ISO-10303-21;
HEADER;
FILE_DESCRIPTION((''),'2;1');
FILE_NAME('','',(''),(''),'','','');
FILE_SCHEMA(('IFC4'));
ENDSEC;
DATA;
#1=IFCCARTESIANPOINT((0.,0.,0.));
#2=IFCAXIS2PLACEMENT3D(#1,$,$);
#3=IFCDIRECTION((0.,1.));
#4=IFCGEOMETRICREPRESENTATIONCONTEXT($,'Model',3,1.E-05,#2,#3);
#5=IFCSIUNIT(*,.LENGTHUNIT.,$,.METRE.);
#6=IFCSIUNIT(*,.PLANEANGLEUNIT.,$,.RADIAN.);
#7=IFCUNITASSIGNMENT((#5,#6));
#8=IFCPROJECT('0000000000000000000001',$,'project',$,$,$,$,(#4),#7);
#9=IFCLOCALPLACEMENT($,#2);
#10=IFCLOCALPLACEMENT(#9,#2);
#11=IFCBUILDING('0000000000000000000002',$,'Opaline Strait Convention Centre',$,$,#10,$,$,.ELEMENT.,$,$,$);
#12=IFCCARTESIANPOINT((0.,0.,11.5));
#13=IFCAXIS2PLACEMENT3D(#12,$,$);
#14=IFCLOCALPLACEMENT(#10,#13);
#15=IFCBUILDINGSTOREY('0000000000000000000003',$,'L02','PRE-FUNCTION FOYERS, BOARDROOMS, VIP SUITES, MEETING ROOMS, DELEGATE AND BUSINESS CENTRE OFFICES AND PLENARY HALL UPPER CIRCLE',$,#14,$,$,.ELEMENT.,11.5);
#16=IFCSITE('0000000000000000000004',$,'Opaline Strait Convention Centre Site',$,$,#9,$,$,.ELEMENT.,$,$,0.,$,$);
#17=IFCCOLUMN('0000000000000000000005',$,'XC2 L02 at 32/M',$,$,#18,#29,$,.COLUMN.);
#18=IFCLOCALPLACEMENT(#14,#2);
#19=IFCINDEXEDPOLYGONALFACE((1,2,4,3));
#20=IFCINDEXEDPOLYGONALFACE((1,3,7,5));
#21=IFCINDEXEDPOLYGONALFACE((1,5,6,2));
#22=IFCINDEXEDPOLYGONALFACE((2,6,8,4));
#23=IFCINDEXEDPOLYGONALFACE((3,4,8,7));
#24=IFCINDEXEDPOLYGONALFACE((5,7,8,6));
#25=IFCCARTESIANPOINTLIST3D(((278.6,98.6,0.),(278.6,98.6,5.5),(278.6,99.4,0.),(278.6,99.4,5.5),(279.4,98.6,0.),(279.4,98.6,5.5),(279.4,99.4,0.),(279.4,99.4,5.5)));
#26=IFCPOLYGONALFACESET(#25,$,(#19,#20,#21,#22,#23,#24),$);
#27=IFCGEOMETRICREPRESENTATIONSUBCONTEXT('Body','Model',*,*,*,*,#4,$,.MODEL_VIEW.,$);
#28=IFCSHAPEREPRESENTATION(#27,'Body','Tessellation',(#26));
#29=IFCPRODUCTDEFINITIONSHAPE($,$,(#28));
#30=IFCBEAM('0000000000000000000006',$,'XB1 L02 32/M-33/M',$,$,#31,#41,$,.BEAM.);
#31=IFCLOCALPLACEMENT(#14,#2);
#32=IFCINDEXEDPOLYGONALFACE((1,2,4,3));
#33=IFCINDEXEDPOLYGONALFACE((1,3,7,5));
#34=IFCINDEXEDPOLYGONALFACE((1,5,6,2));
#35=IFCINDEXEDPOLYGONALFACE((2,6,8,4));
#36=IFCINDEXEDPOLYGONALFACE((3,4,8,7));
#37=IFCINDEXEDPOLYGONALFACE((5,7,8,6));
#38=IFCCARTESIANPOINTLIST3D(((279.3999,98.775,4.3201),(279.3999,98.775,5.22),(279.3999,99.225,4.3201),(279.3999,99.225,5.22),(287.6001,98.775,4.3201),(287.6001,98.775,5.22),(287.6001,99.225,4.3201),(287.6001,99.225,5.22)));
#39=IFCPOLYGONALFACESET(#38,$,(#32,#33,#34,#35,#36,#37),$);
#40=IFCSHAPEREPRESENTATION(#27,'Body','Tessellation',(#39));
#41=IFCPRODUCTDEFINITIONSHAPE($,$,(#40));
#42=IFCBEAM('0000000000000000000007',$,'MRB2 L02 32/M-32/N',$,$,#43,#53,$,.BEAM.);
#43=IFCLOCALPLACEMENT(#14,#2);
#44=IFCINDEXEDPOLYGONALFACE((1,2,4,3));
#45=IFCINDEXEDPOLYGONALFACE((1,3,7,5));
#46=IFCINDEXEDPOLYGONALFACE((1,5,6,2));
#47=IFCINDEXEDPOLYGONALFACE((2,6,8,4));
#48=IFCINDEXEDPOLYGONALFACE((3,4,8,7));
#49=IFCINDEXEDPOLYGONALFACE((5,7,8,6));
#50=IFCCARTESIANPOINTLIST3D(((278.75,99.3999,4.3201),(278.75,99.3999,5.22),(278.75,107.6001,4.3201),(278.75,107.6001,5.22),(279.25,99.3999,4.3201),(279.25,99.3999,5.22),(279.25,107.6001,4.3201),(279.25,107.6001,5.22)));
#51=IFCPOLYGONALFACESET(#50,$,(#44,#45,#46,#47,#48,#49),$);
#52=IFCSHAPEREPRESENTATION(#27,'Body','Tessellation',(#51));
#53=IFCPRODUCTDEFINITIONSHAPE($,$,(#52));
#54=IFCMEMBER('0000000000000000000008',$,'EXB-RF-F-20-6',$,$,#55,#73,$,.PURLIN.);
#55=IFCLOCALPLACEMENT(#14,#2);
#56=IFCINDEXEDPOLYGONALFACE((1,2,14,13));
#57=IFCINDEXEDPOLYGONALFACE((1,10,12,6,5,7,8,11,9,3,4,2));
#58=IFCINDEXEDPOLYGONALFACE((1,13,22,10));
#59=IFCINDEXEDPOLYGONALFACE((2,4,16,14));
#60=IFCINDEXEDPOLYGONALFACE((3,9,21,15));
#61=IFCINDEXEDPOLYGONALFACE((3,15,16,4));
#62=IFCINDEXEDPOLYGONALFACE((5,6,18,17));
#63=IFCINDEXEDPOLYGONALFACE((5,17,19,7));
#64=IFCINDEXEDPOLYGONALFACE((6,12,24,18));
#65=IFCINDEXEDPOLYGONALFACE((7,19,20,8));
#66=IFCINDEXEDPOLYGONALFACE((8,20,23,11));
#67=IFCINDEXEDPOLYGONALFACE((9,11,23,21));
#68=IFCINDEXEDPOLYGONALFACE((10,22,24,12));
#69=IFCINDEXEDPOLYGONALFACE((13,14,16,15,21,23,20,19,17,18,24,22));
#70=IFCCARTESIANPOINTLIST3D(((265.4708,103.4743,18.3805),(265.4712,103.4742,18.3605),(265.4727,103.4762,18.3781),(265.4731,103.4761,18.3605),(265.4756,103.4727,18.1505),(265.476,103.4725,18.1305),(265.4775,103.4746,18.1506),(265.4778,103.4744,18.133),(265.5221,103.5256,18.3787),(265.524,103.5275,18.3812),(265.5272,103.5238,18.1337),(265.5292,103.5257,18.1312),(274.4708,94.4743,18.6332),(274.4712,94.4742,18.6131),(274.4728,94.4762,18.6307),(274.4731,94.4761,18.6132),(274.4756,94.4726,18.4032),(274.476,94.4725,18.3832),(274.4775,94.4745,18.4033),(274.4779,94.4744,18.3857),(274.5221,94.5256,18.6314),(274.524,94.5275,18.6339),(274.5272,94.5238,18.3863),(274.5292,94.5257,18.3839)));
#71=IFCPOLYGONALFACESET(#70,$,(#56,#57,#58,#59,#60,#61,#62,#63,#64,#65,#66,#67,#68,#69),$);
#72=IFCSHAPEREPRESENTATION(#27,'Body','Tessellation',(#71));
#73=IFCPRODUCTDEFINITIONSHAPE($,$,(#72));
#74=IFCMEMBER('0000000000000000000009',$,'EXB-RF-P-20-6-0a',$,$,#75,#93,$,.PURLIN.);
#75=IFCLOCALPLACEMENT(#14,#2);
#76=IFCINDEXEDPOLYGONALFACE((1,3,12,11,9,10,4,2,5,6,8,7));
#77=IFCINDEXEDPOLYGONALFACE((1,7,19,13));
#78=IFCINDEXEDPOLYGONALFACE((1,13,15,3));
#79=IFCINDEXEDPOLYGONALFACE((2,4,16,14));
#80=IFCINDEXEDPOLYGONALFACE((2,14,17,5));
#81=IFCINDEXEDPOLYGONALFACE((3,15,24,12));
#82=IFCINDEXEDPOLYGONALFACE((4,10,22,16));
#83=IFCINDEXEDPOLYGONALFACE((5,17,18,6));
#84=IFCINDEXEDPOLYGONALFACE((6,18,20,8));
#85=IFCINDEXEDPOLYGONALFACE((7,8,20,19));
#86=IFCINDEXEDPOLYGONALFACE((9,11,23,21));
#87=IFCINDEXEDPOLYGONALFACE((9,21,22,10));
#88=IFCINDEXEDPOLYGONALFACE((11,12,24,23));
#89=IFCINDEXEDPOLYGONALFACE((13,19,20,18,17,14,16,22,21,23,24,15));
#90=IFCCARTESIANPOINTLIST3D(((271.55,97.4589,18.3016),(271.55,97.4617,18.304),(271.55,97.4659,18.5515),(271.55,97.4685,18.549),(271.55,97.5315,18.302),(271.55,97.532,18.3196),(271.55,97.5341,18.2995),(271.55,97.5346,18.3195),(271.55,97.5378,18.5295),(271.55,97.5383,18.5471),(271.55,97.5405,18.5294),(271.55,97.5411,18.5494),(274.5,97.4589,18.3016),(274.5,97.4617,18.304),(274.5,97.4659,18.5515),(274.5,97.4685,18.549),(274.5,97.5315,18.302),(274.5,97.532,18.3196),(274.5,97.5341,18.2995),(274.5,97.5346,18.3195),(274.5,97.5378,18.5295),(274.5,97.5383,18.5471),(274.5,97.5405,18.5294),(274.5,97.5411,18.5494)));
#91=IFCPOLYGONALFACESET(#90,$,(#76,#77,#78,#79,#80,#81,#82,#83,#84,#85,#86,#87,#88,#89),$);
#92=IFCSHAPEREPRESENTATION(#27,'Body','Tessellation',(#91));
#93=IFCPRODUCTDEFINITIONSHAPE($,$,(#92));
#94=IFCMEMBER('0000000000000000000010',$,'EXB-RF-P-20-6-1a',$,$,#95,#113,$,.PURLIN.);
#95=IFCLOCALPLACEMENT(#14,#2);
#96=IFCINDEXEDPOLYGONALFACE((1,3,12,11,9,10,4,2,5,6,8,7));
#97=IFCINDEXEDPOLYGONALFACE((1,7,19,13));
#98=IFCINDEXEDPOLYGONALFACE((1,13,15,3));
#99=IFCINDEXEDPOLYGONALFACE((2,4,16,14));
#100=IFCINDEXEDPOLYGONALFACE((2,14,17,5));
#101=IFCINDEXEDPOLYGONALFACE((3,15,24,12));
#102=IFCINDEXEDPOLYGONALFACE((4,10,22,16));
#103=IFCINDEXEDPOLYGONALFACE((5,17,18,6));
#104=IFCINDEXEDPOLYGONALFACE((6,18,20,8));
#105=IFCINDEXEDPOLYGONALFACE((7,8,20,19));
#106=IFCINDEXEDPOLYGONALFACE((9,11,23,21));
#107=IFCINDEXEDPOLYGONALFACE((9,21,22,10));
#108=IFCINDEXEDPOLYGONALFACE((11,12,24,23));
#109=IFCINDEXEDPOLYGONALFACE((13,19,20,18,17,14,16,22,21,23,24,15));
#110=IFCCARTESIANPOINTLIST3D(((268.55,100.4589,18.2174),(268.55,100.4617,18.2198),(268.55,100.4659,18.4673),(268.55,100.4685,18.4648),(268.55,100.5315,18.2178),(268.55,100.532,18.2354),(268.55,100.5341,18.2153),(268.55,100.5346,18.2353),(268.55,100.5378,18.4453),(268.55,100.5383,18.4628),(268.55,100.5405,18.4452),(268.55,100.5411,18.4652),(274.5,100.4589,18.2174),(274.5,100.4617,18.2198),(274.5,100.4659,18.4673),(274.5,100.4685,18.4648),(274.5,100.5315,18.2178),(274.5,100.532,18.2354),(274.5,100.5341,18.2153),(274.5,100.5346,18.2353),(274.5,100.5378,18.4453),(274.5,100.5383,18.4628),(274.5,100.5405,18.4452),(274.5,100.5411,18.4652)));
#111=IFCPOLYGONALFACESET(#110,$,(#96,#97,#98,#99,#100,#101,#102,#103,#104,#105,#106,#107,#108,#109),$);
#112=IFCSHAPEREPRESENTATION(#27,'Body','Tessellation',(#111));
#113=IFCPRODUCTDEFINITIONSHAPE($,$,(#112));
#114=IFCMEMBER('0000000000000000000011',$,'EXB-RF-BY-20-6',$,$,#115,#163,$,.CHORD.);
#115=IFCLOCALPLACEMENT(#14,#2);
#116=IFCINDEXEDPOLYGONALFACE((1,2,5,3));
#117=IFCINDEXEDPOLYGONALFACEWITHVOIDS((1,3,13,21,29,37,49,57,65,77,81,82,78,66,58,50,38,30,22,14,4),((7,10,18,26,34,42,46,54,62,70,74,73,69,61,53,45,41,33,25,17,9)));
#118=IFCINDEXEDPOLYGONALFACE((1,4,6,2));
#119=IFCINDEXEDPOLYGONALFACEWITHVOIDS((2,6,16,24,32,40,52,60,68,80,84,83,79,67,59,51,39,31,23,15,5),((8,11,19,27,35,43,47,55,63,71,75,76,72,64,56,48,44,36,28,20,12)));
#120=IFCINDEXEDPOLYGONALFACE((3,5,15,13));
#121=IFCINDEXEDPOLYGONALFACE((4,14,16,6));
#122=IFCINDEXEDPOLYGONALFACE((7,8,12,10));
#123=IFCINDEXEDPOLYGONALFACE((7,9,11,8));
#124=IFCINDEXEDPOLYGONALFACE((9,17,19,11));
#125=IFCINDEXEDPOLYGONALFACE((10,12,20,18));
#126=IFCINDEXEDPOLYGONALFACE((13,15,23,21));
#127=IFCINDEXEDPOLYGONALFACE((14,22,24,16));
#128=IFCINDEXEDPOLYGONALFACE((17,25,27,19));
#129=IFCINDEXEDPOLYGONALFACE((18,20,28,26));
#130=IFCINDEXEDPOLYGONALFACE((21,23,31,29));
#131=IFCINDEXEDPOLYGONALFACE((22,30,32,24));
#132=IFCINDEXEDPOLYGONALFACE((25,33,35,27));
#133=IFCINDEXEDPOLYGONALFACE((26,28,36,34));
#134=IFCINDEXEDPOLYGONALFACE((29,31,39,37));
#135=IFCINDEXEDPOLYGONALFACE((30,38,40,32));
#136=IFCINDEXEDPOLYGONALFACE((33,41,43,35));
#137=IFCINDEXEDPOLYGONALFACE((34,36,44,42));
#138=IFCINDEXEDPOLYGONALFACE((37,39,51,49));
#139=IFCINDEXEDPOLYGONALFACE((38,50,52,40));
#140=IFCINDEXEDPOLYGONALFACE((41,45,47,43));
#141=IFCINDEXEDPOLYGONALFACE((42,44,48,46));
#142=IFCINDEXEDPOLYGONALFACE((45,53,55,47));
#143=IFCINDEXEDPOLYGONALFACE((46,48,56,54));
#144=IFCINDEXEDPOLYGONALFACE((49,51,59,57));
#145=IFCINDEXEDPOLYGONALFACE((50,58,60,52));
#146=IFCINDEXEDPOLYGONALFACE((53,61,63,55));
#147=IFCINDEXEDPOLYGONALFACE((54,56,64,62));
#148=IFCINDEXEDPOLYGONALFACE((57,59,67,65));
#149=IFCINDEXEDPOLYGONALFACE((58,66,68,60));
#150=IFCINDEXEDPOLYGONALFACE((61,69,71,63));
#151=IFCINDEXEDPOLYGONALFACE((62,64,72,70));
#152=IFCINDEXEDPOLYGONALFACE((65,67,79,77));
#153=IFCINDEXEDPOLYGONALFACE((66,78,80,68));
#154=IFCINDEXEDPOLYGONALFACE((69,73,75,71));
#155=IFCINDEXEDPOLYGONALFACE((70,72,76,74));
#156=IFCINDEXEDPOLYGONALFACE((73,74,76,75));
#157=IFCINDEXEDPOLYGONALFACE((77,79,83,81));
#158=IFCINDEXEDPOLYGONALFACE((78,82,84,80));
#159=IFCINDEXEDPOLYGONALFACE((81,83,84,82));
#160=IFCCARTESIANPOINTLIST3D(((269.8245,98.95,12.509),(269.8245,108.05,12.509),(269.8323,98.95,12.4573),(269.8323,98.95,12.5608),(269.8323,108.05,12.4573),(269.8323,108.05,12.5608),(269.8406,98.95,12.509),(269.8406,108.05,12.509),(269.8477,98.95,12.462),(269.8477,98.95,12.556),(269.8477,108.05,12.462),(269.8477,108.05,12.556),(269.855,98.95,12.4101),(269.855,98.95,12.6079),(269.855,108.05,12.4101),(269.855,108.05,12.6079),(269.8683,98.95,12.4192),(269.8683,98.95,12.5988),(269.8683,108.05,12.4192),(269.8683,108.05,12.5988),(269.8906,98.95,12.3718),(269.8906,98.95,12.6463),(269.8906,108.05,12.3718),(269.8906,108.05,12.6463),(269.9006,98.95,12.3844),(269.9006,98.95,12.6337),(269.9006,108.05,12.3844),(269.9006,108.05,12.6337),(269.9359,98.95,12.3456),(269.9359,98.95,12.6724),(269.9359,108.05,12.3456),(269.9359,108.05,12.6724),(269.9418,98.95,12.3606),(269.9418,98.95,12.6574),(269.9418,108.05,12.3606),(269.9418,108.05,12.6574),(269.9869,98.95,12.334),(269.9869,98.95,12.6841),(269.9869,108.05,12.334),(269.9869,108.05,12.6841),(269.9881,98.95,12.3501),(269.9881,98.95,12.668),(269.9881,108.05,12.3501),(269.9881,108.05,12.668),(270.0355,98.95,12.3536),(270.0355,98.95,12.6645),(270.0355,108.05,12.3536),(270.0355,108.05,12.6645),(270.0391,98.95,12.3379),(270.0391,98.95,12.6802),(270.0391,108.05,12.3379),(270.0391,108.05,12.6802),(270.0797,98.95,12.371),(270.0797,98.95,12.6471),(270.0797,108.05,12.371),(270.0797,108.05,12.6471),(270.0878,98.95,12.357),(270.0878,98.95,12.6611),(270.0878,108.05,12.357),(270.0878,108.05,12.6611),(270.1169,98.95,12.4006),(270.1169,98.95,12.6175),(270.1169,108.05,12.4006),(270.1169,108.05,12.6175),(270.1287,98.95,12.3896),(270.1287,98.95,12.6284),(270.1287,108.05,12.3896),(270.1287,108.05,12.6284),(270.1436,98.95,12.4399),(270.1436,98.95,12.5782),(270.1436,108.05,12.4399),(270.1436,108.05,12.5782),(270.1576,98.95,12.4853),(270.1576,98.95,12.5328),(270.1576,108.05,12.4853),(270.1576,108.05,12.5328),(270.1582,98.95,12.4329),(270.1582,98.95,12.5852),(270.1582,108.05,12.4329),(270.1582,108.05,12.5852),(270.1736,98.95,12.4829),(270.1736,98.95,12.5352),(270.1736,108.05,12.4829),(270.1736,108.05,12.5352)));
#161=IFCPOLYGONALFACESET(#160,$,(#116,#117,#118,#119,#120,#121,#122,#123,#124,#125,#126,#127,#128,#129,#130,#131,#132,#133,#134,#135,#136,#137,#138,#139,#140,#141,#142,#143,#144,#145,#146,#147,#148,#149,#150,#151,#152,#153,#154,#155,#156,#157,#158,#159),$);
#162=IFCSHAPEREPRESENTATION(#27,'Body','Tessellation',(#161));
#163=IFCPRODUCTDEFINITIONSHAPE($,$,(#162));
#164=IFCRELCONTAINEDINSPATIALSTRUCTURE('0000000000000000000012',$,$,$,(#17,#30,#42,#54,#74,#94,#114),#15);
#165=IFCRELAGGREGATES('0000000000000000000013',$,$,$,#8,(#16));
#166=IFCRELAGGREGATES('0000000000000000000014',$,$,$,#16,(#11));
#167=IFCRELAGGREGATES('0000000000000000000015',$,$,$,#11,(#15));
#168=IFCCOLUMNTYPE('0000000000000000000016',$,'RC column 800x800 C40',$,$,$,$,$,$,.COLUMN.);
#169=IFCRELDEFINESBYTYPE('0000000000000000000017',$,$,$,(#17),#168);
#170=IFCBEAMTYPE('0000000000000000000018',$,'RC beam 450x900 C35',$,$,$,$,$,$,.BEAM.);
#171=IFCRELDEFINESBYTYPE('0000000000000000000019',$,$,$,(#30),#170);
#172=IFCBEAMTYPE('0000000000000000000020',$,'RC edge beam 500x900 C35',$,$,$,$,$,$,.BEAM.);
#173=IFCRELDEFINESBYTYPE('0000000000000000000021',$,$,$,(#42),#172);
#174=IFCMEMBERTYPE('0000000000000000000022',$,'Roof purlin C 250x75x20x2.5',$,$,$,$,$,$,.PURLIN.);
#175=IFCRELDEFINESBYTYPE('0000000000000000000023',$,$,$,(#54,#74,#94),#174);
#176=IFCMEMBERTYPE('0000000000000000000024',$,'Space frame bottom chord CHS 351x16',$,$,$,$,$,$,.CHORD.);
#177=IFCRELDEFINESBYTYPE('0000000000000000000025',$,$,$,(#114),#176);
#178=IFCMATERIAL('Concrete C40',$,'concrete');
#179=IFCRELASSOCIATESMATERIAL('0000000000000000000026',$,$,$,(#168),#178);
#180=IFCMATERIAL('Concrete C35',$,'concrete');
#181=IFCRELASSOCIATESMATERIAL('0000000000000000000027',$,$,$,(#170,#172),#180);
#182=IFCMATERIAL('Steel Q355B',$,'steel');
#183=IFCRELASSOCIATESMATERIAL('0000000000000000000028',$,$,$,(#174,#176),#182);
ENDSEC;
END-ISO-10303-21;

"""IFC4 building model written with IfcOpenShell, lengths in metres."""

from ifc_helpers import new_model, si_unit, direction, frame, origin, origin_2d, place, context, subcontext, project, spatial, polyline, rectangle, hollow_circle, outline, extrude, material, material_profile, profile_set, type_object, element, save


model = new_model("IFC4")

# Units and contexts
model_context = context("Model", 3, precision=1e-05, world=origin(), true_north=direction((0.0, 1.0)))
body_context = subcontext(model_context, "Body", "Model", "MODEL_VIEW")
ifc_project = project(units=[si_unit("LENGTHUNIT", "METRE"), si_unit("PLANEANGLEUNIT", "RADIAN")], contexts=[model_context])

# Site, building, storey
site_placement = place(None, origin())
site = spatial("IfcSite", under=ifc_project, at=site_placement, Name="Opaline Strait Convention Centre Site", CompositionType="ELEMENT", RefElevation=0.0)
building_placement = place(site_placement, origin())
building = spatial("IfcBuilding", under=site, at=building_placement, Name="Opaline Strait Convention Centre", CompositionType="ELEMENT")
storey_placement = place(building_placement, frame((0.0, 0.0, 11.5)))
storey = spatial("IfcBuildingStorey", under=building, at=storey_placement, Name="L02", Description="PRE-FUNCTION FOYERS, BOARDROOMS, VIP SUITES, MEETING ROOMS, DELEGATE AND BUSINESS CENTRE OFFICES AND PLENARY HALL UPPER CIRCLE", CompositionType="ELEMENT", Elevation=11.5)

# Column
ifc_material_1 = material(Name="Concrete C40", Category="concrete")
ifc_material_profile_1 = material_profile(ifc_material_1, rectangle(XDim=0.8, YDim=0.8, at=origin_2d()), Name="RC 800x800")
ifc_profile_set_1 = profile_set([ifc_material_profile_1], Name="Concrete C40")
column_type = type_object("IfcColumnType", Name="RC column 800x800 C40", PredefinedType="COLUMN", material=ifc_profile_set_1)
column_placement = place(storey_placement, frame((279.0, 99.0, 0.0), z_axis=(0.0, 0.0, 1.0), x_axis=(1.0, 0.0, 0.0)))
element("IfcColumn", 1, at=column_placement, inside=storey, type_object=column_type, Name="XC2 L02 at 32/M", PredefinedType="COLUMN", context=body_context, shape_type="SweptSolid", body=[
    extrude(rectangle(XDim=0.8, YDim=0.8, at=origin_2d()), origin(), (0.0, 0.0, 1.0), 5.5),
])

# Beams
ifc_material_2 = material(Name="Concrete C35", Category="concrete")
ifc_material_profile_2 = material_profile(ifc_material_2, rectangle(XDim=0.45, YDim=0.8999, at=origin_2d()), Name="RC 450x900")
ifc_profile_set_2 = profile_set([ifc_material_profile_2], Name="Concrete C35")
beam_type_1 = type_object("IfcBeamType", Name="RC beam 450x900 C35", PredefinedType="BEAM", material=ifc_profile_set_2)
beam_1_placement = place(storey_placement, frame((279.3999, 99.0, 4.77), z_axis=(1.0, 0.0, 0.0), x_axis=(0.0, 1.0, 0.0)))
element("IfcBeam", 2, at=beam_1_placement, inside=storey, type_object=beam_type_1, Name="XB1 L02 32/M-33/M", PredefinedType="BEAM", context=body_context, shape_type="SweptSolid", body=[
    extrude(rectangle(XDim=0.45, YDim=0.8999, at=origin_2d()), origin(), (0.0, 0.0, 1.0), 8.2002),
])
ifc_material_profile_3 = material_profile(ifc_material_2, rectangle(XDim=0.5, YDim=0.8999, at=origin_2d()), Name="RC 500x900")
ifc_profile_set_3 = profile_set([ifc_material_profile_3], Name="Concrete C35")
beam_type_2 = type_object("IfcBeamType", Name="RC edge beam 500x900 C35", PredefinedType="BEAM", material=ifc_profile_set_3)
beam_2_placement = place(storey_placement, frame((279.0, 99.3999, 4.77), z_axis=(0.0, 1.0, 0.0), x_axis=(-1.0, 0.0, 0.0)))
element("IfcBeam", 3, at=beam_2_placement, inside=storey, type_object=beam_type_2, Name="MRB2 L02 32/M-32/N", PredefinedType="BEAM", context=body_context, shape_type="SweptSolid", body=[
    extrude(rectangle(XDim=0.5, YDim=0.8999, at=origin_2d()), origin(), (0.0, 0.0, 1.0), 8.2002),
])

# Members
ifc_material_3 = material(Name="Steel Q355B", Category="steel")
ifc_material_profile_4 = material_profile(ifc_material_3, outline(polyline([(-0.0376, -0.125), (0.0376, -0.125), (0.0376, -0.105), (0.0349, -0.105), (0.0349, -0.1226), (-0.0349, -0.1226), (-0.0349, 0.1226), (0.0349, 0.1226), (0.0349, 0.105), (0.0376, 0.105), (0.0376, 0.125), (-0.0376, 0.125), (-0.0376, -0.125)])), Name="C 250x75x20x2.5")
ifc_profile_set_4 = profile_set([ifc_material_profile_4], Name="Steel Q355B")
member_type_1 = type_object("IfcMemberType", Name="Roof purlin C 250x75x20x2.5", PredefinedType="PURLIN", material=ifc_profile_set_4)
member_1_placement = place(storey_placement, frame((274.5, 94.5, 18.5085), z_axis=(-0.706967, 0.706967, -0.019849), x_axis=(-0.70694, -0.707209, -0.009562)))
element("IfcMember", 4, at=member_1_placement, inside=storey, type_object=member_type_1, Name="EXB-RF-F-20-6", PredefinedType="PURLIN", context=body_context, shape_type="SweptSolid", body=[
    extrude(outline(polyline([(-0.0376, -0.125), (0.0376, -0.125), (0.0376, -0.105), (0.0349, -0.105), (0.0349, -0.1226), (-0.0349, -0.1226), (-0.0349, 0.1226), (0.0349, 0.1226), (0.0349, 0.105), (0.0376, 0.105), (0.0376, 0.125), (-0.0376, 0.125), (-0.0376, -0.125)])), origin(), (0.0, 0.0, 1.0), 12.7305),
])
member_2_placement = place(storey_placement, frame((271.55, 97.5, 18.4255), z_axis=(1.0, 0.0, 0.0), x_axis=(0.0, 0.999606, -0.028066)))
element("IfcMember", 5, at=member_2_placement, inside=storey, type_object=member_type_1, Name="EXB-RF-P-20-6-0a", PredefinedType="PURLIN", context=body_context, shape_type="SweptSolid", body=[
    extrude(outline(polyline([(-0.0376, -0.125), (0.0376, -0.125), (0.0376, -0.105), (0.0349, -0.105), (0.0349, -0.1226), (-0.0349, -0.1226), (-0.0349, 0.1226), (0.0349, 0.1226), (0.0349, 0.105), (0.0376, 0.105), (0.0376, 0.125), (-0.0376, 0.125), (-0.0376, -0.125)])), origin(), (0.0, 0.0, 1.0), 2.95),
])
member_3_placement = place(storey_placement, frame((268.55, 100.5, 18.3413), z_axis=(1.0, 0.0, 0.0), x_axis=(0.0, 0.999606, -0.028066)))
element("IfcMember", 6, at=member_3_placement, inside=storey, type_object=member_type_1, Name="EXB-RF-P-20-6-1a", PredefinedType="PURLIN", context=body_context, shape_type="SweptSolid", body=[
    extrude(outline(polyline([(-0.0376, -0.125), (0.0376, -0.125), (0.0376, -0.105), (0.0349, -0.105), (0.0349, -0.1226), (-0.0349, -0.1226), (-0.0349, 0.1226), (0.0349, 0.1226), (0.0349, 0.105), (0.0376, 0.105), (0.0376, 0.125), (-0.0376, 0.125), (-0.0376, -0.125)])), origin(), (0.0, 0.0, 1.0), 5.95),
])
ifc_material_profile_5 = material_profile(ifc_material_3, hollow_circle(Radius=0.1755, WallThickness=0.0161, at=origin_2d()), Name="CHS 351x16")
ifc_profile_set_5 = profile_set([ifc_material_profile_5], Name="Steel Q355B")
member_type_2 = type_object("IfcMemberType", Name="Space frame bottom chord CHS 351x16", PredefinedType="CHORD", material=ifc_profile_set_5)
member_4_placement = place(storey_placement, frame((270.0, 98.95, 12.509), z_axis=(0.0, 1.0, 0.0), x_axis=(-1.0, 0.0, 0.0)))
element("IfcMember", 7, at=member_4_placement, inside=storey, type_object=member_type_2, Name="EXB-RF-BY-20-6", PredefinedType="CHORD", context=body_context, shape_type="SweptSolid", body=[
    extrude(hollow_circle(Radius=0.1755, WallThickness=0.0161, at=origin_2d()), origin(), (0.0, 0.0, 1.0), 9.1001),
])

save(model, "model.ifc")
